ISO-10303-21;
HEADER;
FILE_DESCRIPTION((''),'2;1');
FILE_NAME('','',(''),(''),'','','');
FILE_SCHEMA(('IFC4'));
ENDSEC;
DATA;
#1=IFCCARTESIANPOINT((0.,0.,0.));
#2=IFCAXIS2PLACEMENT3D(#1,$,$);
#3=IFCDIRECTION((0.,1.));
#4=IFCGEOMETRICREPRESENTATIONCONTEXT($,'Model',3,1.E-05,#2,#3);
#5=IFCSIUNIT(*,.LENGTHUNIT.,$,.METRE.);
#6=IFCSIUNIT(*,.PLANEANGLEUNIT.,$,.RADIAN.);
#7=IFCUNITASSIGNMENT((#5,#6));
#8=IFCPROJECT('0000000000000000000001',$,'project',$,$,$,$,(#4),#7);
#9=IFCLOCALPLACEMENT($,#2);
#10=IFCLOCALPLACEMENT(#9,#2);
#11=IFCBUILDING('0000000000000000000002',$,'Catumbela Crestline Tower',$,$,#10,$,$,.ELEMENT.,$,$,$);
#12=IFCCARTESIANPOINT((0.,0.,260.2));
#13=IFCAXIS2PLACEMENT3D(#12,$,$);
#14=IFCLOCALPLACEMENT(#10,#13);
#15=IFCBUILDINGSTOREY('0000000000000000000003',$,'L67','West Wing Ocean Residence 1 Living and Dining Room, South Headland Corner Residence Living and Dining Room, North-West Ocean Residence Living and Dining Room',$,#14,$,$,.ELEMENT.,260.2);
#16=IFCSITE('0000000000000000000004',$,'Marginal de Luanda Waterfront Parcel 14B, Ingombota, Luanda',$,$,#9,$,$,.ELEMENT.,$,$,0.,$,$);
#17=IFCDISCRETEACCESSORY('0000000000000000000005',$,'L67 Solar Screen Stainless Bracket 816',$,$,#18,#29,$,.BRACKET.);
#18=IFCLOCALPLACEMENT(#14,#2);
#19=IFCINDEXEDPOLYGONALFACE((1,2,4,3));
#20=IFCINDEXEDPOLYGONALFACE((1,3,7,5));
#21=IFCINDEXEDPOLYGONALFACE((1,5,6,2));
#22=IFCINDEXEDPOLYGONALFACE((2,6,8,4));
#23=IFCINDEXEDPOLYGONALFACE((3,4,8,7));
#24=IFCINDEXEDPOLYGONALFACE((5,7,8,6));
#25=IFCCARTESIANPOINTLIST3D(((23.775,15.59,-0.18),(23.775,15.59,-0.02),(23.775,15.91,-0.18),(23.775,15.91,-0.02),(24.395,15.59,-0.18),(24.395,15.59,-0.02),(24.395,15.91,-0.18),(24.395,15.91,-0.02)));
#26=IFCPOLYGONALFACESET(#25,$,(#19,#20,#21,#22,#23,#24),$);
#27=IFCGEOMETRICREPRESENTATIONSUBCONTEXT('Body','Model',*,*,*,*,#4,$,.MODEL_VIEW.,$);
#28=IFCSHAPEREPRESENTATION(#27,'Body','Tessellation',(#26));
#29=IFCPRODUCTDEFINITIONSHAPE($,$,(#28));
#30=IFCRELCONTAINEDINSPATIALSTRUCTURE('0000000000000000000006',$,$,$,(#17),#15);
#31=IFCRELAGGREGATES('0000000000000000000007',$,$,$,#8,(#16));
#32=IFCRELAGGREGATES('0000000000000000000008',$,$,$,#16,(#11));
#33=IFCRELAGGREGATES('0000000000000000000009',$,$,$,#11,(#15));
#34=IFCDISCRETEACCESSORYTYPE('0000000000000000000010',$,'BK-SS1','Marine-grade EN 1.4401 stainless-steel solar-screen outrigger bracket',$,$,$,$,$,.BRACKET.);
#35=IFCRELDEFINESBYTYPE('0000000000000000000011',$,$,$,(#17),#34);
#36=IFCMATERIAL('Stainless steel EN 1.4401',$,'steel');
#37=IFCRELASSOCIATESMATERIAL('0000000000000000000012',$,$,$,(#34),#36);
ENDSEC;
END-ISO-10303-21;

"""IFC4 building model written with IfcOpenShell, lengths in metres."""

from ifc_helpers import new_model, si_unit, direction, frame, origin, origin_2d, place, context, subcontext, project, spatial, rectangle, extrude, material, type_object, element, save


model = new_model("IFC4")

# Units and contexts
model_context = context("Model", 3, precision=1e-05, world=origin(), true_north=direction((0.0, 1.0)))
body_context = subcontext(model_context, "Body", "Model", "MODEL_VIEW")
ifc_project = project(units=[si_unit("LENGTHUNIT", "METRE"), si_unit("PLANEANGLEUNIT", "RADIAN")], contexts=[model_context])

# Site, building, storey
site_placement = place(None, origin())
site = spatial("IfcSite", under=ifc_project, at=site_placement, Name="Marginal de Luanda Waterfront Parcel 14B, Ingombota, Luanda", CompositionType="ELEMENT", RefElevation=0.0)
building_placement = place(site_placement, origin())
building = spatial("IfcBuilding", under=site, at=building_placement, Name="Catumbela Crestline Tower", CompositionType="ELEMENT")
storey_placement = place(building_placement, frame((0.0, 0.0, 260.2)))
storey = spatial("IfcBuildingStorey", under=building, at=storey_placement, Name="L67", Description="West Wing Ocean Residence 1 Living and Dining Room, South Headland Corner Residence Living and Dining Room, North-West Ocean Residence Living and Dining Room", CompositionType="ELEMENT", Elevation=260.2)

# Discrete accessory
ifc_material_1 = material(Name="Stainless steel EN 1.4401", Category="steel")
discrete_accessory_type = type_object("IfcDiscreteAccessoryType", Name="BK-SS1", Description="Marine-grade EN 1.4401 stainless-steel solar-screen outrigger bracket", PredefinedType="BRACKET", material=ifc_material_1)
discrete_accessory_placement = place(storey_placement, frame((24.085, 15.75, -0.18), z_axis=(0.0, 0.0, 1.0), x_axis=(0.0, 1.0, 0.0)))
element("IfcDiscreteAccessory", 1, at=discrete_accessory_placement, inside=storey, type_object=discrete_accessory_type, Name="L67 Solar Screen Stainless Bracket 816", PredefinedType="BRACKET", context=body_context, shape_type="SweptSolid", body=[
    extrude(rectangle(XDim=0.32, YDim=0.62, at=origin_2d()), origin(), (0.0, 0.0, 1.0), 0.16),
])

save(model, "model.ifc")
